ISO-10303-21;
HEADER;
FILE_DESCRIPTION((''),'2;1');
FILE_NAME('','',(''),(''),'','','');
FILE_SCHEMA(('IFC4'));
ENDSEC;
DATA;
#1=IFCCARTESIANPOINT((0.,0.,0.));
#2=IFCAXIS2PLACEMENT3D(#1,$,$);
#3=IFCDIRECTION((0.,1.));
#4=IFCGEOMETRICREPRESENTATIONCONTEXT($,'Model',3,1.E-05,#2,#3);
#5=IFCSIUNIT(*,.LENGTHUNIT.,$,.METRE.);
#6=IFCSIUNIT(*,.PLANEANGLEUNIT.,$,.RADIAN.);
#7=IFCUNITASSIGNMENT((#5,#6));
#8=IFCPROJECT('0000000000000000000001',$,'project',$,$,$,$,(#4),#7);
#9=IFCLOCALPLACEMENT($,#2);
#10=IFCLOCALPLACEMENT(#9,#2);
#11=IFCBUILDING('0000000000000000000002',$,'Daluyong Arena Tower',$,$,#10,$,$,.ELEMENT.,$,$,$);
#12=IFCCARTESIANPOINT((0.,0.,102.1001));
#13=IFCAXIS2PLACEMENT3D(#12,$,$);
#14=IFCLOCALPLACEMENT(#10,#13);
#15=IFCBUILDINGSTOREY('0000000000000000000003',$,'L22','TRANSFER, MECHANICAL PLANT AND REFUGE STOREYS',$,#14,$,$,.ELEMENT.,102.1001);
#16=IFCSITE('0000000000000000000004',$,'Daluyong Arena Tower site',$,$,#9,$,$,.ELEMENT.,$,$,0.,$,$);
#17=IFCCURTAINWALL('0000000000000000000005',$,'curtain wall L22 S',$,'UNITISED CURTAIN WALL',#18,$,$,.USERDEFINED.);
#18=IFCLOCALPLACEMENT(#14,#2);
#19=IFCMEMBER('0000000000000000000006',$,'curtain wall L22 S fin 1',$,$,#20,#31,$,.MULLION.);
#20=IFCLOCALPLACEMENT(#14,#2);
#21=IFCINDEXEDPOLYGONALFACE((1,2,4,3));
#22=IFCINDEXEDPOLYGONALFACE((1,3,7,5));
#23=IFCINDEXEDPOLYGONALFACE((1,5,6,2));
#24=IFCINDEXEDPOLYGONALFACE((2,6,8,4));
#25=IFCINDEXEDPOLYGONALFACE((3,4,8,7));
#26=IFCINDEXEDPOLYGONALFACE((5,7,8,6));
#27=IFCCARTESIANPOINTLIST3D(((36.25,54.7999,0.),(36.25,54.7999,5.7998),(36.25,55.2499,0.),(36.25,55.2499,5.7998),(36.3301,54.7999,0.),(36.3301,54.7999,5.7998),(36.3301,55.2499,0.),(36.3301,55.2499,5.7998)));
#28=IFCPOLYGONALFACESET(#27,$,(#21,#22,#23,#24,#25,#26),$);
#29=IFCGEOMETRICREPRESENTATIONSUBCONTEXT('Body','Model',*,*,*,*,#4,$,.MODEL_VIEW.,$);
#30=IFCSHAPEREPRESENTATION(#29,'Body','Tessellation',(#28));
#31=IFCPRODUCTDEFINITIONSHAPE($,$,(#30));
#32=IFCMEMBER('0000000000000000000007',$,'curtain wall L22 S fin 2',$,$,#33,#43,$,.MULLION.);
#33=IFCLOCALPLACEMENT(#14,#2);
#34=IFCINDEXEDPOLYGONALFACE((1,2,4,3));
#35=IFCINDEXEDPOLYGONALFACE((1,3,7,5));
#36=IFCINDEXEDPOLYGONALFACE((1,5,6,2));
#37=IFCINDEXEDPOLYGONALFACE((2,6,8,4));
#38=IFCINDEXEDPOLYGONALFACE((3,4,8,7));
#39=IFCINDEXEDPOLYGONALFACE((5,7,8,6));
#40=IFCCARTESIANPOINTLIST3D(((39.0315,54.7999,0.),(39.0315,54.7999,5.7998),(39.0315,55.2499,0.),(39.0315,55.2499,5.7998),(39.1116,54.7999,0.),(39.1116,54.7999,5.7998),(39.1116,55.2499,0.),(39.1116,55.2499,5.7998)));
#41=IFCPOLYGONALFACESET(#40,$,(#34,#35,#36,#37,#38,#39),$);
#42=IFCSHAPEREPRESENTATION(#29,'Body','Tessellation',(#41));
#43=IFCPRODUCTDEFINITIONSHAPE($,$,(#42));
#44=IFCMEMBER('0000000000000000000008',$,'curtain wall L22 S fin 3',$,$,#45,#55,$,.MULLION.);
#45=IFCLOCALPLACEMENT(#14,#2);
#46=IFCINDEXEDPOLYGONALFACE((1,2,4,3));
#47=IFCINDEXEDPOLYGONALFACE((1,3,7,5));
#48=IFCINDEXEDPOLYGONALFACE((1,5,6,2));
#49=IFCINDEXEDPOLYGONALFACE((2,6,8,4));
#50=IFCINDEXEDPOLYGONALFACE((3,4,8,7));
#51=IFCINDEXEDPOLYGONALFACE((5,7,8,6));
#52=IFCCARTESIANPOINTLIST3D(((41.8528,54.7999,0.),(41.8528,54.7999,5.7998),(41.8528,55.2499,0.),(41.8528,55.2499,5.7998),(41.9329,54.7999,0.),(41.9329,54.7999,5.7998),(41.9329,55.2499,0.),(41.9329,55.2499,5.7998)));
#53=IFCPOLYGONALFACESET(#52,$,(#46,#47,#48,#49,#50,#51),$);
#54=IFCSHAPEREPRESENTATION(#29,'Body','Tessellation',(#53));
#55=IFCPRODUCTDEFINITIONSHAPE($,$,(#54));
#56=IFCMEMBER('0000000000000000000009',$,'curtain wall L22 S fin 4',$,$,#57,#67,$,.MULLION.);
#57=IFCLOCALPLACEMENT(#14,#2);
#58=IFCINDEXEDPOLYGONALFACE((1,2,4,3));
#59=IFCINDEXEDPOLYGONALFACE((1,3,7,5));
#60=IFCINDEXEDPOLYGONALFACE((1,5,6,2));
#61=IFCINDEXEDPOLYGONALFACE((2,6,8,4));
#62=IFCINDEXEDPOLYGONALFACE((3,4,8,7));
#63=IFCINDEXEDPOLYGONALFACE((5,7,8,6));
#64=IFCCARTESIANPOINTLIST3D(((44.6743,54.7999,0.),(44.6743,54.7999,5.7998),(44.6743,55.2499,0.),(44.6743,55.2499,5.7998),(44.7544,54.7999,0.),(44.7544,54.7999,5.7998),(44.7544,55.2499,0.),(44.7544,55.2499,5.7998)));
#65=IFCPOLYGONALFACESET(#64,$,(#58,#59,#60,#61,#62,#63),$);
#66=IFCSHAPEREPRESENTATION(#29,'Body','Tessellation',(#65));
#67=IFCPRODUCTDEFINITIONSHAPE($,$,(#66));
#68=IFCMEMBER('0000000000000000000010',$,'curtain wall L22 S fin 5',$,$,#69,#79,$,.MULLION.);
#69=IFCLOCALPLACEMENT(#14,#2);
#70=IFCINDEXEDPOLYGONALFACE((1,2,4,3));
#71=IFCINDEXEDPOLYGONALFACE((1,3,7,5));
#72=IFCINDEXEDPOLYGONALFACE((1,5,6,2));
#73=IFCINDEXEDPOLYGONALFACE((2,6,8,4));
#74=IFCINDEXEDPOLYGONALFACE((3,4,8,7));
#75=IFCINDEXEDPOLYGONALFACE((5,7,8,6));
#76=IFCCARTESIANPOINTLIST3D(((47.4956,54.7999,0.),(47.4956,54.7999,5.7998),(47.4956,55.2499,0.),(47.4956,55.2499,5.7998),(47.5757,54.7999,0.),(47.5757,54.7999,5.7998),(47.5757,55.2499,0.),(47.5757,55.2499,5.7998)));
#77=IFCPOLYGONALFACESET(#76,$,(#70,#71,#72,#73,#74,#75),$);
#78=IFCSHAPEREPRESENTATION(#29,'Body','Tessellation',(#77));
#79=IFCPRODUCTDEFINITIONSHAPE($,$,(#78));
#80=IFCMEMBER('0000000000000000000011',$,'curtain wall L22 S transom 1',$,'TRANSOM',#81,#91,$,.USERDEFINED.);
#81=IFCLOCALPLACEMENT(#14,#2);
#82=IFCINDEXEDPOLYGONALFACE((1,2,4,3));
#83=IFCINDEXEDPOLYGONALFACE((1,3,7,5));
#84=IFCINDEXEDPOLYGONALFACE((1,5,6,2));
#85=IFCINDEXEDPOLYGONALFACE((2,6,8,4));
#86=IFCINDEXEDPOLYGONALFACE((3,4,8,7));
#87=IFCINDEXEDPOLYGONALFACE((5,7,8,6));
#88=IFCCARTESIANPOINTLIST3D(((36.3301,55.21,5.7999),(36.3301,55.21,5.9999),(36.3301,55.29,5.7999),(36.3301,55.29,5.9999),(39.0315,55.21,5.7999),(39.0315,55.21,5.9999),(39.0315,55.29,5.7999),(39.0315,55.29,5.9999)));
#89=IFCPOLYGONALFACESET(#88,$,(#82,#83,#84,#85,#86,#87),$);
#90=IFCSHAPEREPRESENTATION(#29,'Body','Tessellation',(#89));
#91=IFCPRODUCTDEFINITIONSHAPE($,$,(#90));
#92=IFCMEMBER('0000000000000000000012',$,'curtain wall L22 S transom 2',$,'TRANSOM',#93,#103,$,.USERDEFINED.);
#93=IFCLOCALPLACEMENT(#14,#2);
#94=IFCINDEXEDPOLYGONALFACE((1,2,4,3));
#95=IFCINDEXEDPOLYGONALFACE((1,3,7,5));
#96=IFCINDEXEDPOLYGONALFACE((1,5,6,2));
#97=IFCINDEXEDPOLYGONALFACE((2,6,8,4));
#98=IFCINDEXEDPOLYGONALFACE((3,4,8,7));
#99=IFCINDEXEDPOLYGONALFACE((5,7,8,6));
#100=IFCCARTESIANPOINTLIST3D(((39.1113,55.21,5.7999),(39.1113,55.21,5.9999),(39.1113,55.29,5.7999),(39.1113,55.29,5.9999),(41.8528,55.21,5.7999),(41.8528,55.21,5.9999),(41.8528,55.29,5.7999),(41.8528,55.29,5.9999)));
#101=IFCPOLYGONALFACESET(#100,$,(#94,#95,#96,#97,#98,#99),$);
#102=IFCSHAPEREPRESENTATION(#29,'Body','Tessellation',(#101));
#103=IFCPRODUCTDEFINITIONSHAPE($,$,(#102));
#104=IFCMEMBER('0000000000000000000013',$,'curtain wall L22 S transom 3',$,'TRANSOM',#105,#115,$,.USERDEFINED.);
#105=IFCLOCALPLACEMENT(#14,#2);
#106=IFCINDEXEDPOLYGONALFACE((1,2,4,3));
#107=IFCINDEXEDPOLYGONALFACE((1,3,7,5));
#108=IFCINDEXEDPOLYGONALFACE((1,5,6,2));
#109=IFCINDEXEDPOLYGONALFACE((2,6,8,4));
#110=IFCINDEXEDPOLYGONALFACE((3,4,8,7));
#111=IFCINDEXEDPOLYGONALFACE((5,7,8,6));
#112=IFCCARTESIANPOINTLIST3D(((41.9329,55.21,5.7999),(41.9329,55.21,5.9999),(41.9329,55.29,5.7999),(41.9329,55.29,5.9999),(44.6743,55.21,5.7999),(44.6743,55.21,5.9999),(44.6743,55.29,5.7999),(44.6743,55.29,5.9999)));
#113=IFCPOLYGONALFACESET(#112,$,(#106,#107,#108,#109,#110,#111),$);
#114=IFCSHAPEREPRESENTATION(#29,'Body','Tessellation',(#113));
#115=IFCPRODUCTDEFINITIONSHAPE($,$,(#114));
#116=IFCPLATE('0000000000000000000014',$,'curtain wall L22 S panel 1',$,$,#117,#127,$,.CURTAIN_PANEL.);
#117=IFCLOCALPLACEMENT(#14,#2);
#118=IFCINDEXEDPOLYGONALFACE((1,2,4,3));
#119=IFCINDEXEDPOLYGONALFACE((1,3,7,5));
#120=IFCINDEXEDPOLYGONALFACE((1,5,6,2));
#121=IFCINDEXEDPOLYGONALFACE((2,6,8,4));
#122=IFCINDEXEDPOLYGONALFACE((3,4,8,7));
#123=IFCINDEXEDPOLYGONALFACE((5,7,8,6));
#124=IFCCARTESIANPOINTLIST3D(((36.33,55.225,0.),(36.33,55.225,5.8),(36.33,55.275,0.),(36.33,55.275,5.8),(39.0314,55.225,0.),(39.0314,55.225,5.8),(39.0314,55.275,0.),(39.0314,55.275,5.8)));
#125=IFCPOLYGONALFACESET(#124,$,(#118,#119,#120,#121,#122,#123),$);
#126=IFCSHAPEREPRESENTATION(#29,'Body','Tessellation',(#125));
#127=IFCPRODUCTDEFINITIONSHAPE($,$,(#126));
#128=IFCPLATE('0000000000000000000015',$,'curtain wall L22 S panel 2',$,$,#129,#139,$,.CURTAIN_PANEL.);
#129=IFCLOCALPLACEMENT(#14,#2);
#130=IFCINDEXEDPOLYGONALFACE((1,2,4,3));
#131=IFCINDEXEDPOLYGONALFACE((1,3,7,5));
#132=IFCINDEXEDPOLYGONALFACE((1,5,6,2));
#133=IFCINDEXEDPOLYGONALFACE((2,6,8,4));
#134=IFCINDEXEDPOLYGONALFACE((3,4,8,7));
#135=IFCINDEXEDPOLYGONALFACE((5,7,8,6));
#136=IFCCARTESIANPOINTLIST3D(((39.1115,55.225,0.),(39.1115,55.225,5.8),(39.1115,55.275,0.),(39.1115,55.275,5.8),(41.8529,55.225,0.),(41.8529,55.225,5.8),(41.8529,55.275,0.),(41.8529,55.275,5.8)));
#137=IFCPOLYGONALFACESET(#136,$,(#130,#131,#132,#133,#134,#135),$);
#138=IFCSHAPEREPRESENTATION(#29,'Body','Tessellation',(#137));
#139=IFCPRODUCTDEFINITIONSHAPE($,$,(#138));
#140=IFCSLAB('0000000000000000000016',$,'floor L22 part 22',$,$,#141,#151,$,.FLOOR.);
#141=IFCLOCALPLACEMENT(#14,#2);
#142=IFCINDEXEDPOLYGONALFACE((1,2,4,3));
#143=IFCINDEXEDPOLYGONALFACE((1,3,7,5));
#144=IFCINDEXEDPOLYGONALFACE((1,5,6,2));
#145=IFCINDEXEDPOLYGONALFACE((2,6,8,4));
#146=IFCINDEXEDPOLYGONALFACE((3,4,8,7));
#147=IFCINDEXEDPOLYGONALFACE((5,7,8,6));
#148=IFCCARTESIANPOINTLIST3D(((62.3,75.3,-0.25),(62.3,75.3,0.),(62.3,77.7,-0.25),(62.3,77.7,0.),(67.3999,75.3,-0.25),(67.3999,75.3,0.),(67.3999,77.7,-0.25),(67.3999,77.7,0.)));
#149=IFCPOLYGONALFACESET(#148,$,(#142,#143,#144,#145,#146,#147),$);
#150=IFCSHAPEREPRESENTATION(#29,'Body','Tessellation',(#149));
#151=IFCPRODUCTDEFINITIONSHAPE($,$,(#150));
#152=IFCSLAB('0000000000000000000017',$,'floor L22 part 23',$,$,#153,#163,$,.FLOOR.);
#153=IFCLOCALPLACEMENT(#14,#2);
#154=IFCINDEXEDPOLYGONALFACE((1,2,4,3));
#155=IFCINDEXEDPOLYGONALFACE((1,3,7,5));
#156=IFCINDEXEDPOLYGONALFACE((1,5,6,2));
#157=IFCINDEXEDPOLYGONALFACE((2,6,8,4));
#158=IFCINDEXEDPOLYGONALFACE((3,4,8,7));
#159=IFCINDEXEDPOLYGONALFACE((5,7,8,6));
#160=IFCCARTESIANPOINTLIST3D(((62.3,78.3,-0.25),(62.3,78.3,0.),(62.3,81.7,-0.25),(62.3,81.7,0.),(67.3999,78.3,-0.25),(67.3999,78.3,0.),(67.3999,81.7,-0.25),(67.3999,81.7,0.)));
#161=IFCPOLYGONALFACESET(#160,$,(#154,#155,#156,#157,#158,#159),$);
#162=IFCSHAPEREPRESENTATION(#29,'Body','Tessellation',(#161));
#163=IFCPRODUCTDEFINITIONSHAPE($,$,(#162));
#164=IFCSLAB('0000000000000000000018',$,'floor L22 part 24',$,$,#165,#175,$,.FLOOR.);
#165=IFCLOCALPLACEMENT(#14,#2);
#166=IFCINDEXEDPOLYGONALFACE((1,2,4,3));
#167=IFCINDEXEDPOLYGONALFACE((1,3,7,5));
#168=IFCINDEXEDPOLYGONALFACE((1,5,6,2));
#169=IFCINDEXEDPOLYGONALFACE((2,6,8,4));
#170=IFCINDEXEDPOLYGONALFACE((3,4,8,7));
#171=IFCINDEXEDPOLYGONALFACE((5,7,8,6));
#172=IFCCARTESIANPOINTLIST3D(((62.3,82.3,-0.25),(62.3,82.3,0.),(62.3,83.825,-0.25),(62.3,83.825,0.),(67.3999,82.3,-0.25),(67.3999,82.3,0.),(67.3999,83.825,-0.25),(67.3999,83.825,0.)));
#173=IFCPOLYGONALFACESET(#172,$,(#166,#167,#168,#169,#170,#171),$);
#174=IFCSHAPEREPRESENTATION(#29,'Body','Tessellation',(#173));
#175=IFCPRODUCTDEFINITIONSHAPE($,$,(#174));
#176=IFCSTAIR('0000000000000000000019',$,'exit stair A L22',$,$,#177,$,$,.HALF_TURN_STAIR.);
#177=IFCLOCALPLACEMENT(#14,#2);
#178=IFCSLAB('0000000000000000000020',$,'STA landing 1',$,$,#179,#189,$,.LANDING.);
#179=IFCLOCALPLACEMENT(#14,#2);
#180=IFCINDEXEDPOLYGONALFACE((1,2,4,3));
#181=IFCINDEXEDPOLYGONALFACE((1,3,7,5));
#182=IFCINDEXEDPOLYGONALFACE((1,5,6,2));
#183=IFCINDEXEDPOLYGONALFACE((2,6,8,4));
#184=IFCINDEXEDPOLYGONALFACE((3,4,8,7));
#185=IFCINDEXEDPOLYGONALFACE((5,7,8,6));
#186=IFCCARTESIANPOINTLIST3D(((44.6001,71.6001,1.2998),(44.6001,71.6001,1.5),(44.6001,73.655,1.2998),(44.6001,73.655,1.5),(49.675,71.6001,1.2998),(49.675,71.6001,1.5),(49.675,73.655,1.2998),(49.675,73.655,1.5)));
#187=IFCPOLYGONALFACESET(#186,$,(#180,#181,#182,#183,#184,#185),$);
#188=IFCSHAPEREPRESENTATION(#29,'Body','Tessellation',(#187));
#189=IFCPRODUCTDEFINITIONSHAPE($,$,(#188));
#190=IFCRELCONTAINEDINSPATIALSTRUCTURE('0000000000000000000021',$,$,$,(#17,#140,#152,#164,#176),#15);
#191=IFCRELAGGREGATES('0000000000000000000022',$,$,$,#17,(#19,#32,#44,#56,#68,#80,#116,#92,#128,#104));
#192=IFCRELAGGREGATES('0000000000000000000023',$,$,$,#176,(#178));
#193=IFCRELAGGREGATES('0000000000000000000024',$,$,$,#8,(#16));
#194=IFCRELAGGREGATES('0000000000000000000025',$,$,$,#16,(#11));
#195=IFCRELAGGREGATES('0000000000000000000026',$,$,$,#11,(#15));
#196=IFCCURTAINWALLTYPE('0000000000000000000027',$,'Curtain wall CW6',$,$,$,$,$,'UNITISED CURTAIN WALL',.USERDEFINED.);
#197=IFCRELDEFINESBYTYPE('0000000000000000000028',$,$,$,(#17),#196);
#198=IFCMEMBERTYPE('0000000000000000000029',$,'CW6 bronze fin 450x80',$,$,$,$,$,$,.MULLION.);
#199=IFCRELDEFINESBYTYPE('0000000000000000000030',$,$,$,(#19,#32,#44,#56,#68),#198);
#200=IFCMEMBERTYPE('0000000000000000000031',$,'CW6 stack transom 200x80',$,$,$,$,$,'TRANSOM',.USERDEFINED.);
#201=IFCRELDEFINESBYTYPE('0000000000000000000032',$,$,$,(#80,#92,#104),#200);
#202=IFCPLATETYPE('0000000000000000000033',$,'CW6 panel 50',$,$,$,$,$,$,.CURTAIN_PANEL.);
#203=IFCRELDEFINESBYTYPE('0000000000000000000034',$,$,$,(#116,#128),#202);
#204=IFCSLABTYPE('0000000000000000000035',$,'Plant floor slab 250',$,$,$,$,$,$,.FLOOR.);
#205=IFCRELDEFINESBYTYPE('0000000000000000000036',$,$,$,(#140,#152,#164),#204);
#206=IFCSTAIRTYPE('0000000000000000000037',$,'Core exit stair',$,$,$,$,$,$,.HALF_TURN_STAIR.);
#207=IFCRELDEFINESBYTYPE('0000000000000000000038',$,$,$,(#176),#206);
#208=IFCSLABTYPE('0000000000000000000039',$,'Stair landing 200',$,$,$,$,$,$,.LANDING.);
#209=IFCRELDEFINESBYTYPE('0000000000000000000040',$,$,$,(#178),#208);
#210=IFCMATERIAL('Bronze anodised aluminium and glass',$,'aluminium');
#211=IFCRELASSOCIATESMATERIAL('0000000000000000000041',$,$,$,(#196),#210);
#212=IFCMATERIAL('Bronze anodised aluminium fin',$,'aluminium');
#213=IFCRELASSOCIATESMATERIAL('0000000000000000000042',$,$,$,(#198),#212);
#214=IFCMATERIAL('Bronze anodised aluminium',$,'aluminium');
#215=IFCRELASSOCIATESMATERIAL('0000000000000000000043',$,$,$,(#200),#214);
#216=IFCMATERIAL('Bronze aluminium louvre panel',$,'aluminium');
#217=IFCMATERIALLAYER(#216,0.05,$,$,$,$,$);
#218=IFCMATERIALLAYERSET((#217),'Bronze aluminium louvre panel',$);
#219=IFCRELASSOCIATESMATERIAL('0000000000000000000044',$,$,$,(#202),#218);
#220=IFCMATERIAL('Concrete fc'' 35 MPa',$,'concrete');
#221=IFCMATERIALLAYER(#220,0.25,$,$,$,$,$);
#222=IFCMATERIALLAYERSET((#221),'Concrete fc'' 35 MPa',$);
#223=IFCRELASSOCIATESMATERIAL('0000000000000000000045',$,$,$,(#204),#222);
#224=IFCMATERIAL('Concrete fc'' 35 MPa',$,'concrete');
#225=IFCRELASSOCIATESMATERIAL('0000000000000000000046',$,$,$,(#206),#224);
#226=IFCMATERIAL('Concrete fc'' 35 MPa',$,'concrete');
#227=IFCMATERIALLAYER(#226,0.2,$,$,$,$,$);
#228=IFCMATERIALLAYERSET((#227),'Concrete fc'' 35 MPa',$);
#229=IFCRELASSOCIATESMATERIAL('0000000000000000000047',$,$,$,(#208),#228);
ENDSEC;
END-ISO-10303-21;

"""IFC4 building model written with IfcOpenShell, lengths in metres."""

from ifc_helpers import new_model, si_unit, direction, frame, origin, origin_2d, place, context, subcontext, project, spatial, polyline, rectangle, outline, extrude, material, layer, layer_set, material_profile, profile_set, type_object, element, aggregate, save


model = new_model("IFC4")

# Units and contexts
model_context = context("Model", 3, precision=1e-05, world=origin(), true_north=direction((0.0, 1.0)))
body_context = subcontext(model_context, "Body", "Model", "MODEL_VIEW")
ifc_project = project(units=[si_unit("LENGTHUNIT", "METRE"), si_unit("PLANEANGLEUNIT", "RADIAN")], contexts=[model_context])

# Site, building, storey
site_placement = place(None, origin())
site = spatial("IfcSite", under=ifc_project, at=site_placement, Name="Daluyong Arena Tower site", CompositionType="ELEMENT", RefElevation=0.0)
building_placement = place(site_placement, origin())
building = spatial("IfcBuilding", under=site, at=building_placement, Name="Daluyong Arena Tower", CompositionType="ELEMENT")
storey_placement = place(building_placement, frame((0.0, 0.0, 102.1001)))
storey = spatial("IfcBuildingStorey", under=building, at=storey_placement, Name="L22", Description="TRANSFER, MECHANICAL PLANT AND REFUGE STOREYS", CompositionType="ELEMENT", Elevation=102.1001)

# Curtain wall, members, plates
ifc_material_1 = material(Name="Bronze anodised aluminium and glass", Category="aluminium")
curtain_wall_type = type_object("IfcCurtainWallType", Name="Curtain wall CW6", ElementType="UNITISED CURTAIN WALL", PredefinedType="USERDEFINED", material=ifc_material_1)
curtain_wall_placement = place(storey_placement, origin())
curtain_wall = element("IfcCurtainWall", 1, at=curtain_wall_placement, inside=storey, type_object=curtain_wall_type, Name="curtain wall L22 S", ObjectType="UNITISED CURTAIN WALL", PredefinedType="USERDEFINED")
ifc_material_2 = material(Name="Bronze anodised aluminium fin", Category="aluminium")
ifc_material_profile_1 = material_profile(ifc_material_2, rectangle(XDim=0.45, YDim=0.0801, at=origin_2d()))
ifc_profile_set_1 = profile_set([ifc_material_profile_1], Name="Bronze anodised aluminium fin")
member_type_1 = type_object("IfcMemberType", Name="CW6 bronze fin 450x80", PredefinedType="MULLION", material=ifc_profile_set_1)
member_1_placement = place(storey_placement, frame((36.29, 55.0249, 0.0), z_axis=(0.0, 0.0, 1.0), x_axis=(0.0, 1.0, 0.0)))
member_1 = element("IfcMember", 2, at=member_1_placement, type_object=member_type_1, Name="curtain wall L22 S fin 1", PredefinedType="MULLION", context=body_context, shape_type="SweptSolid", body=[
    extrude(rectangle(XDim=0.45, YDim=0.0801, at=origin_2d()), origin(), (0.0, 0.0, 1.0), 5.7998),
])
member_2_placement = place(storey_placement, frame((39.0715, 55.0249, 0.0), z_axis=(0.0, 0.0, 1.0), x_axis=(0.0, 1.0, 0.0)))
member_2 = element("IfcMember", 3, at=member_2_placement, type_object=member_type_1, Name="curtain wall L22 S fin 2", PredefinedType="MULLION", context=body_context, shape_type="SweptSolid", body=[
    extrude(rectangle(XDim=0.45, YDim=0.0801, at=origin_2d()), origin(), (0.0, 0.0, 1.0), 5.7998),
])
member_3_placement = place(storey_placement, frame((41.8928, 55.0249, 0.0), z_axis=(0.0, 0.0, 1.0), x_axis=(0.0, 1.0, 0.0)))
member_3 = element("IfcMember", 4, at=member_3_placement, type_object=member_type_1, Name="curtain wall L22 S fin 3", PredefinedType="MULLION", context=body_context, shape_type="SweptSolid", body=[
    extrude(rectangle(XDim=0.45, YDim=0.0801, at=origin_2d()), origin(), (0.0, 0.0, 1.0), 5.7998),
])
member_4_placement = place(storey_placement, frame((44.7144, 55.0249, 0.0), z_axis=(0.0, 0.0, 1.0), x_axis=(0.0, 1.0, 0.0)))
member_4 = element("IfcMember", 5, at=member_4_placement, type_object=member_type_1, Name="curtain wall L22 S fin 4", PredefinedType="MULLION", context=body_context, shape_type="SweptSolid", body=[
    extrude(rectangle(XDim=0.45, YDim=0.0801, at=origin_2d()), origin(), (0.0, 0.0, 1.0), 5.7998),
])
member_5_placement = place(storey_placement, frame((47.5356, 55.0249, 0.0), z_axis=(0.0, 0.0, 1.0), x_axis=(0.0, 1.0, 0.0)))
member_5 = element("IfcMember", 6, at=member_5_placement, type_object=member_type_1, Name="curtain wall L22 S fin 5", PredefinedType="MULLION", context=body_context, shape_type="SweptSolid", body=[
    extrude(rectangle(XDim=0.45, YDim=0.0801, at=origin_2d()), origin(), (0.0, 0.0, 1.0), 5.7998),
])
ifc_material_3 = material(Name="Bronze anodised aluminium", Category="aluminium")
ifc_material_profile_2 = material_profile(ifc_material_3, rectangle(XDim=0.0801, YDim=0.2, at=origin_2d()))
ifc_profile_set_2 = profile_set([ifc_material_profile_2], Name="Bronze anodised aluminium")
member_type_2 = type_object("IfcMemberType", Name="CW6 stack transom 200x80", ElementType="TRANSOM", PredefinedType="USERDEFINED", material=ifc_profile_set_2)
member_6_placement = place(storey_placement, frame((36.3301, 55.25, 5.8999), z_axis=(1.0, 0.0, 0.0), x_axis=(0.0, 1.0, 0.0)))
member_6 = element("IfcMember", 7, at=member_6_placement, type_object=member_type_2, Name="curtain wall L22 S transom 1", ObjectType="TRANSOM", PredefinedType="USERDEFINED", context=body_context, shape_type="SweptSolid", body=[
    extrude(rectangle(XDim=0.0801, YDim=0.2, at=origin_2d()), origin(), (0.0, 0.0, 1.0), 2.7014),
])
member_7_placement = place(storey_placement, frame((39.1113, 55.25, 5.8999), z_axis=(1.0, 0.0, 0.0), x_axis=(0.0, 1.0, 0.0)))
member_7 = element("IfcMember", 8, at=member_7_placement, type_object=member_type_2, Name="curtain wall L22 S transom 2", ObjectType="TRANSOM", PredefinedType="USERDEFINED", context=body_context, shape_type="SweptSolid", body=[
    extrude(rectangle(XDim=0.0801, YDim=0.2, at=origin_2d()), origin(), (0.0, 0.0, 1.0), 2.7415),
])
member_8_placement = place(storey_placement, frame((41.9329, 55.25, 5.8999), z_axis=(1.0, 0.0, 0.0), x_axis=(0.0, 1.0, 0.0)))
member_8 = element("IfcMember", 9, at=member_8_placement, type_object=member_type_2, Name="curtain wall L22 S transom 3", ObjectType="TRANSOM", PredefinedType="USERDEFINED", context=body_context, shape_type="SweptSolid", body=[
    extrude(rectangle(XDim=0.0801, YDim=0.2, at=origin_2d()), origin(), (0.0, 0.0, 1.0), 2.7415),
])
ifc_material_4 = material(Name="Bronze aluminium louvre panel", Category="aluminium")
ifc_layer_1 = layer(ifc_material_4, 0.05)
ifc_layer_set_1 = layer_set([ifc_layer_1], Name="Bronze aluminium louvre panel")
plate_type = type_object("IfcPlateType", Name="CW6 panel 50", PredefinedType="CURTAIN_PANEL", material=ifc_layer_set_1)
plate_1_placement = place(storey_placement, frame((37.6807, 55.25, 0.0), z_axis=(0.0, 0.0, 1.0), x_axis=(1.0, 0.0, 0.0)))
plate_1 = element("IfcPlate", 10, at=plate_1_placement, type_object=plate_type, Name="curtain wall L22 S panel 1", PredefinedType="CURTAIN_PANEL", context=body_context, shape_type="SweptSolid", body=[
    extrude(rectangle(XDim=2.7014, YDim=0.05, at=origin_2d()), origin(), (0.0, 0.0, 1.0), 5.8),
])
plate_2_placement = place(storey_placement, frame((40.4822, 55.25, 0.0), z_axis=(0.0, 0.0, 1.0), x_axis=(1.0, 0.0, 0.0)))
plate_2 = element("IfcPlate", 11, at=plate_2_placement, type_object=plate_type, Name="curtain wall L22 S panel 2", PredefinedType="CURTAIN_PANEL", context=body_context, shape_type="SweptSolid", body=[
    extrude(rectangle(XDim=2.7415, YDim=0.05, at=origin_2d()), origin(), (0.0, 0.0, 1.0), 5.8),
])
aggregate(curtain_wall, [member_1, member_2, member_3, member_4, member_5, member_6, plate_1, member_7, plate_2, member_8])

# Slabs
ifc_material_5 = material(Name="Concrete fc' 35 MPa", Category="concrete")
ifc_layer_2 = layer(ifc_material_5, 0.25)
ifc_layer_set_2 = layer_set([ifc_layer_2], Name="Concrete fc' 35 MPa")
slab_type_1 = type_object("IfcSlabType", Name="Plant floor slab 250", PredefinedType="FLOOR", material=ifc_layer_set_2)
slab_1_placement = place(storey_placement, frame((0.0, 0.0, -0.25)))
element("IfcSlab", 12, at=slab_1_placement, inside=storey, type_object=slab_type_1, Name="floor L22 part 22", PredefinedType="FLOOR", context=body_context, shape_type="SweptSolid", body=[
    extrude(outline(polyline([(67.3999, 75.3), (67.3999, 77.7), (62.3, 77.7), (62.3, 75.3), (67.3999, 75.3)])), origin(), (0.0, 0.0, 1.0), 0.25),
])
slab_2_placement = place(storey_placement, frame((0.0, 0.0, -0.25)))
element("IfcSlab", 13, at=slab_2_placement, inside=storey, type_object=slab_type_1, Name="floor L22 part 23", PredefinedType="FLOOR", context=body_context, shape_type="SweptSolid", body=[
    extrude(outline(polyline([(67.3999, 78.3), (67.3999, 81.7), (62.3, 81.7), (62.3, 78.3), (67.3999, 78.3)])), origin(), (0.0, 0.0, 1.0), 0.25),
])
slab_3_placement = place(storey_placement, frame((0.0, 0.0, -0.25)))
element("IfcSlab", 14, at=slab_3_placement, inside=storey, type_object=slab_type_1, Name="floor L22 part 24", PredefinedType="FLOOR", context=body_context, shape_type="SweptSolid", body=[
    extrude(outline(polyline([(67.3999, 82.3), (67.3999, 83.825), (62.3, 83.825), (62.3, 82.3), (67.3999, 82.3)])), origin(), (0.0, 0.0, 1.0), 0.25),
])

# Stair, slab
ifc_material_6 = material(Name="Concrete fc' 35 MPa", Category="concrete")
stair_type = type_object("IfcStairType", Name="Core exit stair", PredefinedType="HALF_TURN_STAIR", material=ifc_material_6)
stair_1_placement = place(storey_placement, origin())
stair_1 = element("IfcStair", 15, at=stair_1_placement, inside=storey, type_object=stair_type, Name="exit stair A L22", PredefinedType="HALF_TURN_STAIR")
ifc_material_7 = material(Name="Concrete fc' 35 MPa", Category="concrete")
ifc_layer_3 = layer(ifc_material_7, 0.2)
ifc_layer_set_3 = layer_set([ifc_layer_3], Name="Concrete fc' 35 MPa")
slab_type_2 = type_object("IfcSlabType", Name="Stair landing 200", PredefinedType="LANDING", material=ifc_layer_set_3)
slab_4_placement = place(storey_placement, frame((0.0, 0.0, 1.2998)))
slab_4 = element("IfcSlab", 16, at=slab_4_placement, type_object=slab_type_2, Name="STA landing 1", PredefinedType="LANDING", context=body_context, shape_type="SweptSolid", body=[
    extrude(outline(polyline([(44.6001, 71.6001), (49.675, 71.6001), (49.675, 73.655), (44.6001, 73.655), (44.6001, 71.6001)])), origin(), (0.0, 0.0, 1.0), 0.2002),
])
aggregate(stair_1, [slab_4])

save(model, "model.ifc")
